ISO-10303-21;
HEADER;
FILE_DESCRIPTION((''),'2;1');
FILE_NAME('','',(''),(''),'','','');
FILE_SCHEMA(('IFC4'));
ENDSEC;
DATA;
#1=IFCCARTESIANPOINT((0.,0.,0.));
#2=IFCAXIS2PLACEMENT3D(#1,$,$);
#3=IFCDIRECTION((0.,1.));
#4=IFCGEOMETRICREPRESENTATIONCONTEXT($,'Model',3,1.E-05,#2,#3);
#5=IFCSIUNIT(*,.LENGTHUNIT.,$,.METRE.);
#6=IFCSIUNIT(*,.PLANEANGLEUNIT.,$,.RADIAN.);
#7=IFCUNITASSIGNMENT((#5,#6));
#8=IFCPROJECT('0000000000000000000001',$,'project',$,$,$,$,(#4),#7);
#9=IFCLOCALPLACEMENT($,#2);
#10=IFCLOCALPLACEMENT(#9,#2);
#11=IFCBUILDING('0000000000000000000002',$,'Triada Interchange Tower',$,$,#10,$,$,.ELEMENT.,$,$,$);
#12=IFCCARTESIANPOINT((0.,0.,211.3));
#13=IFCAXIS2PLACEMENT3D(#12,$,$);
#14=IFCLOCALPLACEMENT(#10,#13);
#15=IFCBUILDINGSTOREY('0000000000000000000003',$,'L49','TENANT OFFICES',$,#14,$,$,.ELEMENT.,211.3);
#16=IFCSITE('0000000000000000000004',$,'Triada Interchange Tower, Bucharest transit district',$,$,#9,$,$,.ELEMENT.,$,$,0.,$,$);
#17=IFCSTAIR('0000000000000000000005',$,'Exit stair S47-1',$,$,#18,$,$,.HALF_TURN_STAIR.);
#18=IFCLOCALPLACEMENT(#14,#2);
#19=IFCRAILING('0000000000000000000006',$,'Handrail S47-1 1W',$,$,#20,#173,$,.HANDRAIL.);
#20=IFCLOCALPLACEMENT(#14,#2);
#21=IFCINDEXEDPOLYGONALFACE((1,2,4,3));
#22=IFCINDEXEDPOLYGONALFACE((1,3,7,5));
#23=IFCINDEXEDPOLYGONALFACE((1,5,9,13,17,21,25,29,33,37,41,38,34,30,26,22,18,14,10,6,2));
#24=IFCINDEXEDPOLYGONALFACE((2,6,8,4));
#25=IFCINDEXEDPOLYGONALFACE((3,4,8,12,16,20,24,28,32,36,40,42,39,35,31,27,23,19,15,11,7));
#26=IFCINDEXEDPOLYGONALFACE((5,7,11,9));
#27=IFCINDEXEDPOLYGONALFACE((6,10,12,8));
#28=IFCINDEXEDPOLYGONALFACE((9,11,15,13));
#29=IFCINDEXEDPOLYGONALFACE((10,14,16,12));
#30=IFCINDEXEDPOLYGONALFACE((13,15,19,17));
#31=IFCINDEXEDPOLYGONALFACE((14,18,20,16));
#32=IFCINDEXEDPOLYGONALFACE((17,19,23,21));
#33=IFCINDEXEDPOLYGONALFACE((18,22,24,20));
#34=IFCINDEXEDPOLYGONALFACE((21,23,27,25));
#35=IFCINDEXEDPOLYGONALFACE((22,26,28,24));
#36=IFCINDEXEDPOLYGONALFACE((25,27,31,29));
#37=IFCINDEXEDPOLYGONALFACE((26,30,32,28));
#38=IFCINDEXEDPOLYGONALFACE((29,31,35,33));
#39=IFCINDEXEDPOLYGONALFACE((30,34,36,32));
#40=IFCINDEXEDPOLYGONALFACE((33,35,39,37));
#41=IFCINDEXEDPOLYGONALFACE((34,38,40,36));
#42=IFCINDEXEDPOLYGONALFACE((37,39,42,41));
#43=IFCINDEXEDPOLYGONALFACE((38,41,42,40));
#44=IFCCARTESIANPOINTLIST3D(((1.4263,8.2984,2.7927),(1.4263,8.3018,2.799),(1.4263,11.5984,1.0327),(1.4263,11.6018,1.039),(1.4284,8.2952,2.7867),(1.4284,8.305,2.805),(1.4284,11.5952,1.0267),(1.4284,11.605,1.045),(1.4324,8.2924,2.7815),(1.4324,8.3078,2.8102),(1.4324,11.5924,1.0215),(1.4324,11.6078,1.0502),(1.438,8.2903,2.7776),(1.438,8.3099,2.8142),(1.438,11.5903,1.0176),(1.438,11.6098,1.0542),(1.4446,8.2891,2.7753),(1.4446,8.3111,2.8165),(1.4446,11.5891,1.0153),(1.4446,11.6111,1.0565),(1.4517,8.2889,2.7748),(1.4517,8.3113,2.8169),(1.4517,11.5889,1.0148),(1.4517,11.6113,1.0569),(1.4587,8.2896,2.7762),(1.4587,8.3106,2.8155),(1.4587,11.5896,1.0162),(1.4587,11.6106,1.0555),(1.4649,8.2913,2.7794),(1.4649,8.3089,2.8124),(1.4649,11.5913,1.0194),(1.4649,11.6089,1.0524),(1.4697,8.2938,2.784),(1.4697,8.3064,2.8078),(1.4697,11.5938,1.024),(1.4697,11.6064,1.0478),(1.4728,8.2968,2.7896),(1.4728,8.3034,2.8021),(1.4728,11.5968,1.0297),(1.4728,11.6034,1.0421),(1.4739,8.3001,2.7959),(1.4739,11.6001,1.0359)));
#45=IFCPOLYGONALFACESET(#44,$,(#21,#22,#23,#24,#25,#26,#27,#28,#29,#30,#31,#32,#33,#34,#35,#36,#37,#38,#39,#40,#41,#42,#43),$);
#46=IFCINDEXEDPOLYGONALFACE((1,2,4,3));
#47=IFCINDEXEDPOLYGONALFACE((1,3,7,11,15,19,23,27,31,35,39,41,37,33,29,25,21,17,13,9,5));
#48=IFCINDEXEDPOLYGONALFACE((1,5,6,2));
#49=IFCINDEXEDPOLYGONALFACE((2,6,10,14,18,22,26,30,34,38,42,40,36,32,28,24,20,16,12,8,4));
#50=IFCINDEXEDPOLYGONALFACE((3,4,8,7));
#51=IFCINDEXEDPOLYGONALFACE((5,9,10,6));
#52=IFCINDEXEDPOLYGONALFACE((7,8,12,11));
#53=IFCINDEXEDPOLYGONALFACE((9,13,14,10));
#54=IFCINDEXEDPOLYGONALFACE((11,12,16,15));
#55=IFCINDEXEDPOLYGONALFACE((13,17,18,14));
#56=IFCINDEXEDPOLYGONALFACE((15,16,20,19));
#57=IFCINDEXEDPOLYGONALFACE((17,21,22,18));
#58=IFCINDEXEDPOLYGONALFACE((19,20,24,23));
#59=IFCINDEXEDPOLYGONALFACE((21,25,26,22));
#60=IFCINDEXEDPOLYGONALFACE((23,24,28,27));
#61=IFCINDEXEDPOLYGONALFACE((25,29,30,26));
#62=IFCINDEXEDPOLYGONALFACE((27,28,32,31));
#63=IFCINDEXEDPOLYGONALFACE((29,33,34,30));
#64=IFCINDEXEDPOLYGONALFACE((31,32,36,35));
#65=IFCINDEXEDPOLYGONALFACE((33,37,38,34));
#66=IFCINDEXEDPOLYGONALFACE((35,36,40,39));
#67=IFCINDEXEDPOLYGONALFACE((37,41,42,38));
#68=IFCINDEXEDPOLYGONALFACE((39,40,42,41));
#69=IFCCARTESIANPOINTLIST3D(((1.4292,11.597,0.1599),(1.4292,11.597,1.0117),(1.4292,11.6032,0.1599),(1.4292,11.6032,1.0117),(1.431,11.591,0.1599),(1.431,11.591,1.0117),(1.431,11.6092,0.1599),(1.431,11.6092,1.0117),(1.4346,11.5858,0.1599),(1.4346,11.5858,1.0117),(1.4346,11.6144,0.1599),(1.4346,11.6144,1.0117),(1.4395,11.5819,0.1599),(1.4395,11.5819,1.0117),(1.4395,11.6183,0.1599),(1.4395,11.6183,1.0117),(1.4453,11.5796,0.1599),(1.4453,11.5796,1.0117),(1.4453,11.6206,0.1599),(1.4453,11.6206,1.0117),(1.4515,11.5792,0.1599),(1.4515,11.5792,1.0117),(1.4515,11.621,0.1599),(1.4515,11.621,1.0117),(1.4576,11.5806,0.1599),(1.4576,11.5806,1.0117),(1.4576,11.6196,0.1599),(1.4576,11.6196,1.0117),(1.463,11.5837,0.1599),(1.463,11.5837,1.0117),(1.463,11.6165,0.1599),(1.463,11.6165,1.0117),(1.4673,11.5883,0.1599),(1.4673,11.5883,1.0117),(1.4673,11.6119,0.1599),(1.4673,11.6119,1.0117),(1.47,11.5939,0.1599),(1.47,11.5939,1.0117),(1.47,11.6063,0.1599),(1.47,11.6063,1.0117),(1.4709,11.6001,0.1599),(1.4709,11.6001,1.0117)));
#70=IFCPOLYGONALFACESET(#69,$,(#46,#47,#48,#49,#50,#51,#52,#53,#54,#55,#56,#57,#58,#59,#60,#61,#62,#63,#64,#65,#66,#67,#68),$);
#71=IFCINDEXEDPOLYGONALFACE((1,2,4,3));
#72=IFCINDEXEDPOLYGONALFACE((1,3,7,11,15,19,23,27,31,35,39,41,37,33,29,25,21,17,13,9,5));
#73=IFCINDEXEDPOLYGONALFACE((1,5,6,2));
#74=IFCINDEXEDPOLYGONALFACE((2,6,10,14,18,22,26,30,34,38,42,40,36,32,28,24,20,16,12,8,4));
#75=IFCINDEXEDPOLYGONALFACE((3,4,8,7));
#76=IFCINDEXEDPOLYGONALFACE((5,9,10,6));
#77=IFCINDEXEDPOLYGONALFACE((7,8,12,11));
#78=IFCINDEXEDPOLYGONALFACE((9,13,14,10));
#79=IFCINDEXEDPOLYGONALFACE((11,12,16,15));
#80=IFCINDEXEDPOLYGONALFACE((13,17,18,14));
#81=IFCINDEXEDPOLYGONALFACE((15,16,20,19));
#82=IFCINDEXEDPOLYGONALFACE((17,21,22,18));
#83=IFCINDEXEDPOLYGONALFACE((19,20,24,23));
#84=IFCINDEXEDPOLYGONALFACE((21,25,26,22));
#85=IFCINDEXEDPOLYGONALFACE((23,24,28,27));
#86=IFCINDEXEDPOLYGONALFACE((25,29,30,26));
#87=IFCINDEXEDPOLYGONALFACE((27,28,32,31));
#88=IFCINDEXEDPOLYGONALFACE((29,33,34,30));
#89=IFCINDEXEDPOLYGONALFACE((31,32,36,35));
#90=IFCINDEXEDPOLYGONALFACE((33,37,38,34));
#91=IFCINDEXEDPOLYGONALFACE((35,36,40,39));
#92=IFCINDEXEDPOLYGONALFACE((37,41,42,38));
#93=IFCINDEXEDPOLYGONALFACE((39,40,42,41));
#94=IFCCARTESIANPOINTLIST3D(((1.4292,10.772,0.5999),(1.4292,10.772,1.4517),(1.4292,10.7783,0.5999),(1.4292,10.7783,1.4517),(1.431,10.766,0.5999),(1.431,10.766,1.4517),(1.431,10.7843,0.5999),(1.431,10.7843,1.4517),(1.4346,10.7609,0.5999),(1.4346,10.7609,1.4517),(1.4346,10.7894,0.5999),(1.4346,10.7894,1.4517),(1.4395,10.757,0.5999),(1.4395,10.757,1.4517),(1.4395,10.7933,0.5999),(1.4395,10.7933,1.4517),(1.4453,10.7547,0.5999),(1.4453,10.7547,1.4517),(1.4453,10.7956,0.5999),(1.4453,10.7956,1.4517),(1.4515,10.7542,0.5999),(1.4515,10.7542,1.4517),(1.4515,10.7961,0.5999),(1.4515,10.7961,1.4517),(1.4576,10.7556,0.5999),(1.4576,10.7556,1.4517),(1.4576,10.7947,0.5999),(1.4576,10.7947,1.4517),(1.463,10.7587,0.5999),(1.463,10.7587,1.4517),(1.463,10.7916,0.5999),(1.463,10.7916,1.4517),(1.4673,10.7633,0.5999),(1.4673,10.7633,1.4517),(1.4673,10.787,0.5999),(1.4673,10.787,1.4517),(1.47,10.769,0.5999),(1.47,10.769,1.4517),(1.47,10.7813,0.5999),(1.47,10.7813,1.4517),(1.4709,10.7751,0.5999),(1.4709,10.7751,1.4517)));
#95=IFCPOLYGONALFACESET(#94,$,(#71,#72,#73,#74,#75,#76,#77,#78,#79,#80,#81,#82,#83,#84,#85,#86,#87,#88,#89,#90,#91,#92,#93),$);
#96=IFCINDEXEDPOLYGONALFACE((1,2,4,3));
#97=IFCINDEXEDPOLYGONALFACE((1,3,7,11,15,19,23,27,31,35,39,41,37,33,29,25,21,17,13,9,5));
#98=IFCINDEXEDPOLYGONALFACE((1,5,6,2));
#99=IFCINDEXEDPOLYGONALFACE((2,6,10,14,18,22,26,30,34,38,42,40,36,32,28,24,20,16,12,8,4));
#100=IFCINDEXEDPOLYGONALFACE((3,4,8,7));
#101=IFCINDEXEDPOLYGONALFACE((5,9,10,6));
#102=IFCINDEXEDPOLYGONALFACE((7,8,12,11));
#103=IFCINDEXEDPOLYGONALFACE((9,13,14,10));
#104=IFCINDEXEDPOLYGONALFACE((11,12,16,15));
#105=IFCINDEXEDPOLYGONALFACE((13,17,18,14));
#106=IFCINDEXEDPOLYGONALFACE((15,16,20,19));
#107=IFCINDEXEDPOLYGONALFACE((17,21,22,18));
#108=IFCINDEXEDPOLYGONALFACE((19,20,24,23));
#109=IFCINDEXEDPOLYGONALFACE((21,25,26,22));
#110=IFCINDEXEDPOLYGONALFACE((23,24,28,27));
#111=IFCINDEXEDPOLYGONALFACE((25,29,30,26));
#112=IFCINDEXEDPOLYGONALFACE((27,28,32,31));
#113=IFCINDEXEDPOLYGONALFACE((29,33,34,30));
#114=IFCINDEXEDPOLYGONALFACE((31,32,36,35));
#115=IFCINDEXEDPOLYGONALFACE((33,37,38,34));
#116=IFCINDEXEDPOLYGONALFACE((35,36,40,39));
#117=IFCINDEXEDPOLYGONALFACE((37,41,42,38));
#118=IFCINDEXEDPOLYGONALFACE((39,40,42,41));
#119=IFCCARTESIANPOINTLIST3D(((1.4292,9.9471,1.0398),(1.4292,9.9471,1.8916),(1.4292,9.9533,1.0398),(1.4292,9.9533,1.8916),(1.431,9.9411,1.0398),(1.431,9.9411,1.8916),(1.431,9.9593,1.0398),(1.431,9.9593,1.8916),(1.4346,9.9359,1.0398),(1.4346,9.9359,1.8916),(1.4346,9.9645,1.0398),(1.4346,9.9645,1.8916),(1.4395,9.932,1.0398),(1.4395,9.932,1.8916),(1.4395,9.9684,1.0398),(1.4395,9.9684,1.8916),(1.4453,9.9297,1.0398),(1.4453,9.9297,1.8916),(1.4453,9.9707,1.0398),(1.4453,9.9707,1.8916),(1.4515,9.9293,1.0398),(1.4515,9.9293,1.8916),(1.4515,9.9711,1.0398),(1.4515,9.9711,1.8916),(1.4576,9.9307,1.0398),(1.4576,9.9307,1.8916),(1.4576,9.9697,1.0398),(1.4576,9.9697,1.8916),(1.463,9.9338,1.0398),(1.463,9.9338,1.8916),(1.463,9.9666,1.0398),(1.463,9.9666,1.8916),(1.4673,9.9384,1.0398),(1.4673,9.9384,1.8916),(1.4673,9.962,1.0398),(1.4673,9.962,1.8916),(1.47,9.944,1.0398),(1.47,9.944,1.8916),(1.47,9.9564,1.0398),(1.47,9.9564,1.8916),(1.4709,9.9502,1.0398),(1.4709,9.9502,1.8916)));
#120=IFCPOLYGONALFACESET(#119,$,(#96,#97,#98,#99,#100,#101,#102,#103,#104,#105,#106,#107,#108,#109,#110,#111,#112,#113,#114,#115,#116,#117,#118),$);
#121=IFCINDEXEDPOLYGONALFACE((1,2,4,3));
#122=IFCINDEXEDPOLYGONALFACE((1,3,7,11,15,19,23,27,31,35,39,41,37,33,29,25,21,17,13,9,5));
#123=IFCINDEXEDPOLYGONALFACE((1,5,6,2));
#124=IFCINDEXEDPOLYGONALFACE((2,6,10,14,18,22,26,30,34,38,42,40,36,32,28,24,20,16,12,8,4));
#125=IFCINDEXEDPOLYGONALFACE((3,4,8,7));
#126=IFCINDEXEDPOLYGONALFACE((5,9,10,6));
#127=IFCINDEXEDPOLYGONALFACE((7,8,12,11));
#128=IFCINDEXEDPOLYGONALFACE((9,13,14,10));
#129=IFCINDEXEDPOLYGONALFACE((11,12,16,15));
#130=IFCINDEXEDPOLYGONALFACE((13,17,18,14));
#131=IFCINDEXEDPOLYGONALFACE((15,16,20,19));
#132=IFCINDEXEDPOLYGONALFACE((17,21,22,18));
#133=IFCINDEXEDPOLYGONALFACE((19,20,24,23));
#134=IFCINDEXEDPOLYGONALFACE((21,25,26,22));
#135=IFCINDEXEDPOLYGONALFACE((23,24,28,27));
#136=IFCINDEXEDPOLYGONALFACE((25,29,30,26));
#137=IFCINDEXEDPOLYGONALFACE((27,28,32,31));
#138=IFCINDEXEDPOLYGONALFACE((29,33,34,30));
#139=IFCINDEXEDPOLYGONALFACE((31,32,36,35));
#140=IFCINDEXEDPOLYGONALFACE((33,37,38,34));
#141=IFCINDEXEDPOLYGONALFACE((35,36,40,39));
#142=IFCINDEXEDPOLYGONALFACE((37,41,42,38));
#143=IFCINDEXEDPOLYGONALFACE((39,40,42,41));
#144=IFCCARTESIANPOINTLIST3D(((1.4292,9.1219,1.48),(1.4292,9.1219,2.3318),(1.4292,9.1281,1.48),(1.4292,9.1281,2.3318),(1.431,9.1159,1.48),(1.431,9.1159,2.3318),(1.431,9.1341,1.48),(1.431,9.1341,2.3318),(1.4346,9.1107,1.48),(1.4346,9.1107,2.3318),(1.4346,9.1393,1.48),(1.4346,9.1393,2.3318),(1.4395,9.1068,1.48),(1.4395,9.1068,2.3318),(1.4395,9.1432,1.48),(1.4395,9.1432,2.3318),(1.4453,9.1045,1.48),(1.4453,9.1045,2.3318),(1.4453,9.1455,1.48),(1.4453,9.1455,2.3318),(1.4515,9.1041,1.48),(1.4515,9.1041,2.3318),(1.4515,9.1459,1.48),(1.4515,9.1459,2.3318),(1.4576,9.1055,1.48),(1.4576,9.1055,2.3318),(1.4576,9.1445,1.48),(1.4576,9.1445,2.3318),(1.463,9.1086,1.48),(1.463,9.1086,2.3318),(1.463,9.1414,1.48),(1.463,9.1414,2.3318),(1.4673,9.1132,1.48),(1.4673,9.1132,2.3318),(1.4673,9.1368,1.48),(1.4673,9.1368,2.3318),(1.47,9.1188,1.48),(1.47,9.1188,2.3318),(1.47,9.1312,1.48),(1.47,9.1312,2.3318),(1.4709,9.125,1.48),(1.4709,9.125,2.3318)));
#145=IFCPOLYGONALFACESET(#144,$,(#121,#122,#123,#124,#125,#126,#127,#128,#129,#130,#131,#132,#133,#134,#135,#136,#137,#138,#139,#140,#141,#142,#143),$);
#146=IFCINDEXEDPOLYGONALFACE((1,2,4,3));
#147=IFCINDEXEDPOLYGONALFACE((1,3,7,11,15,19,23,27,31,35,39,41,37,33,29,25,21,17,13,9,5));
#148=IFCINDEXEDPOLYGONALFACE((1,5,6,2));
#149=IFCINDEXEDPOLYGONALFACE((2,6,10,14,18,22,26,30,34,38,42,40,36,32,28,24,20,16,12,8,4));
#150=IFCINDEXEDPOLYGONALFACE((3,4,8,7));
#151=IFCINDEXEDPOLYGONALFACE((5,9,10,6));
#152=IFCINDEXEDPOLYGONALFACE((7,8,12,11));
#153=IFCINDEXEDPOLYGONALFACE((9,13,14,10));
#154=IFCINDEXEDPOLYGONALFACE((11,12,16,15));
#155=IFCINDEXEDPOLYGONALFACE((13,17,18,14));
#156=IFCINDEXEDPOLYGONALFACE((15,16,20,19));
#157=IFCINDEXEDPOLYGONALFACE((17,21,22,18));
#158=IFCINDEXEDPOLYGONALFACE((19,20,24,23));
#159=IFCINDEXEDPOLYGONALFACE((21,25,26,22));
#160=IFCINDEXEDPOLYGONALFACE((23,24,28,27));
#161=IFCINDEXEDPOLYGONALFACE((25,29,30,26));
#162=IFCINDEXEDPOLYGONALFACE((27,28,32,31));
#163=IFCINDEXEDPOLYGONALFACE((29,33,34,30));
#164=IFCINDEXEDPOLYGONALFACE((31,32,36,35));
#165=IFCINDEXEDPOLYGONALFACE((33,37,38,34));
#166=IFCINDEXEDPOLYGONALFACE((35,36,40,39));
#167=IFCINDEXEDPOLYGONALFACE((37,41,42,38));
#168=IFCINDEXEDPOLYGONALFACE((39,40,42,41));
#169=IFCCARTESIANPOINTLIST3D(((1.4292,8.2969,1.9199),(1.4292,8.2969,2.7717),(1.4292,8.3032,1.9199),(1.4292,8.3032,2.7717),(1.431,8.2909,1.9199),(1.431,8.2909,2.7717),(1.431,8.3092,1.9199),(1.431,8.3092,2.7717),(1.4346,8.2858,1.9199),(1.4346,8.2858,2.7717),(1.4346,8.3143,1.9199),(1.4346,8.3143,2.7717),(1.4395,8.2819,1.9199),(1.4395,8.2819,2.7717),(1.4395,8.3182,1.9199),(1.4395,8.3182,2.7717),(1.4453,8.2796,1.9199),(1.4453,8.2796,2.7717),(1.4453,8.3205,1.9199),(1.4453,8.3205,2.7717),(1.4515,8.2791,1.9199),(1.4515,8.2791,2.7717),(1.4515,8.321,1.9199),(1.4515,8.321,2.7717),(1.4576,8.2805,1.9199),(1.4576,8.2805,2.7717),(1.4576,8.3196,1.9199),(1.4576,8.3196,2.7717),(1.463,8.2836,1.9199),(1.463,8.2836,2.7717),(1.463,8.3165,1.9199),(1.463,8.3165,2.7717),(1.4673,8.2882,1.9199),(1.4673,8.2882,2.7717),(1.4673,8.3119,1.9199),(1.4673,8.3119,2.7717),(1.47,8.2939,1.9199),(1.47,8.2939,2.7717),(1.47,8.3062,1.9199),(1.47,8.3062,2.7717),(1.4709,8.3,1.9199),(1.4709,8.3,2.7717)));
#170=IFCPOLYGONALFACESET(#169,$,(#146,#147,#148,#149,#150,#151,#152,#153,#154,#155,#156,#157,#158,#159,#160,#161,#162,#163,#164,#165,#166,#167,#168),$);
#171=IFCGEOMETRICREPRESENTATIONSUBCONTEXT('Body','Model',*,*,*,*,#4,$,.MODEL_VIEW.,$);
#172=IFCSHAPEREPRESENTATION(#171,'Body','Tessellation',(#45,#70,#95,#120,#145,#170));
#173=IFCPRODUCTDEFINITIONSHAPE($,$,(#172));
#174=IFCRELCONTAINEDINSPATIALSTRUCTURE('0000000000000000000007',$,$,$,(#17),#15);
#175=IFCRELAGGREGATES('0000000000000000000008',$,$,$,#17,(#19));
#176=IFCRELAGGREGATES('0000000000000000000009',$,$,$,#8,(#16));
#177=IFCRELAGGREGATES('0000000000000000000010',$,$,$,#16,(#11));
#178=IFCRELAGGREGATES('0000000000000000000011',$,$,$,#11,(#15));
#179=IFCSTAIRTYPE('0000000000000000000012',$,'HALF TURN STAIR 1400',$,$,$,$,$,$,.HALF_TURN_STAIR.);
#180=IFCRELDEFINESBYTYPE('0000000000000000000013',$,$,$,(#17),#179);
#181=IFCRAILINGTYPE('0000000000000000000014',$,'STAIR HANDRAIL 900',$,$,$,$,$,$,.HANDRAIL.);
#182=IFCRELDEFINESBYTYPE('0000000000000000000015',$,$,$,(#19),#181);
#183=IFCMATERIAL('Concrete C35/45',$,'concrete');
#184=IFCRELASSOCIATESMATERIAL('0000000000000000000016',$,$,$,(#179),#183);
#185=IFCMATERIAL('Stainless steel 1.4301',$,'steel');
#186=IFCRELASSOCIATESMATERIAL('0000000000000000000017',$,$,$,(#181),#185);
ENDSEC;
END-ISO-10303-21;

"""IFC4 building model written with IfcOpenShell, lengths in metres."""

from ifc_helpers import new_model, si_unit, direction, frame, origin, origin_2d, place, context, subcontext, project, spatial, circle, extrude, material, type_object, element, aggregate, save


model = new_model("IFC4")

# Units and contexts
model_context = context("Model", 3, precision=1e-05, world=origin(), true_north=direction((0.0, 1.0)))
body_context = subcontext(model_context, "Body", "Model", "MODEL_VIEW")
ifc_project = project(units=[si_unit("LENGTHUNIT", "METRE"), si_unit("PLANEANGLEUNIT", "RADIAN")], contexts=[model_context])

# Site, building, storey
site_placement = place(None, origin())
site = spatial("IfcSite", under=ifc_project, at=site_placement, Name="Triada Interchange Tower, Bucharest transit district", CompositionType="ELEMENT", RefElevation=0.0)
building_placement = place(site_placement, origin())
building = spatial("IfcBuilding", under=site, at=building_placement, Name="Triada Interchange Tower", CompositionType="ELEMENT")
storey_placement = place(building_placement, frame((0.0, 0.0, 211.3)))
storey = spatial("IfcBuildingStorey", under=building, at=storey_placement, Name="L49", Description="TENANT OFFICES", CompositionType="ELEMENT", Elevation=211.3)

# Stair
ifc_material_1 = material(Name="Concrete C35/45", Category="concrete")
stair_type = type_object("IfcStairType", Name="HALF TURN STAIR 1400", PredefinedType="HALF_TURN_STAIR", material=ifc_material_1)
stair_placement = place(storey_placement, origin())
stair = element("IfcStair", 1, at=stair_placement, inside=storey, type_object=stair_type, Name="Exit stair S47-1", PredefinedType="HALF_TURN_STAIR")

# Railing
ifc_material_2 = material(Name="Stainless steel 1.4301", Category="steel")
railing_type = type_object("IfcRailingType", Name="STAIR HANDRAIL 900", PredefinedType="HANDRAIL", material=ifc_material_2)
railing_1_placement = place(storey_placement, frame((1.45, 11.6001, 0.1599)))
railing_1 = element("IfcRailing", 2, at=railing_1_placement, type_object=railing_type, Name="Handrail S47-1 1W", PredefinedType="HANDRAIL", context=body_context, shape_type="SweptSolid", body=[
    extrude(circle(Radius=0.0239, at=origin_2d()), frame((0.0, 0.0, 0.876), z_axis=(0.0, -0.882355, 0.470585), x_axis=(1.0, 0.0, 0.0)), (0.0, 0.0, 1.0), 3.74),
    extrude(circle(Radius=0.021, at=origin_2d()), origin(), (0.0, 0.0, 1.0), 0.8518),
    extrude(circle(Radius=0.021, at=origin_2d()), frame((0.0, -0.825, 0.4399)), (0.0, 0.0, 1.0), 0.8518),
    extrude(circle(Radius=0.021, at=origin_2d()), frame((0.0, -1.6499, 0.8799)), (0.0, 0.0, 1.0), 0.8518),
    extrude(circle(Radius=0.021, at=origin_2d()), frame((0.0, -2.4751, 1.3201)), (0.0, 0.0, 1.0), 0.8518),
    extrude(circle(Radius=0.021, at=origin_2d()), frame((0.0, -3.3, 1.76)), (0.0, 0.0, 1.0), 0.8518),
])
aggregate(stair, [railing_1])

save(model, "model.ifc")
